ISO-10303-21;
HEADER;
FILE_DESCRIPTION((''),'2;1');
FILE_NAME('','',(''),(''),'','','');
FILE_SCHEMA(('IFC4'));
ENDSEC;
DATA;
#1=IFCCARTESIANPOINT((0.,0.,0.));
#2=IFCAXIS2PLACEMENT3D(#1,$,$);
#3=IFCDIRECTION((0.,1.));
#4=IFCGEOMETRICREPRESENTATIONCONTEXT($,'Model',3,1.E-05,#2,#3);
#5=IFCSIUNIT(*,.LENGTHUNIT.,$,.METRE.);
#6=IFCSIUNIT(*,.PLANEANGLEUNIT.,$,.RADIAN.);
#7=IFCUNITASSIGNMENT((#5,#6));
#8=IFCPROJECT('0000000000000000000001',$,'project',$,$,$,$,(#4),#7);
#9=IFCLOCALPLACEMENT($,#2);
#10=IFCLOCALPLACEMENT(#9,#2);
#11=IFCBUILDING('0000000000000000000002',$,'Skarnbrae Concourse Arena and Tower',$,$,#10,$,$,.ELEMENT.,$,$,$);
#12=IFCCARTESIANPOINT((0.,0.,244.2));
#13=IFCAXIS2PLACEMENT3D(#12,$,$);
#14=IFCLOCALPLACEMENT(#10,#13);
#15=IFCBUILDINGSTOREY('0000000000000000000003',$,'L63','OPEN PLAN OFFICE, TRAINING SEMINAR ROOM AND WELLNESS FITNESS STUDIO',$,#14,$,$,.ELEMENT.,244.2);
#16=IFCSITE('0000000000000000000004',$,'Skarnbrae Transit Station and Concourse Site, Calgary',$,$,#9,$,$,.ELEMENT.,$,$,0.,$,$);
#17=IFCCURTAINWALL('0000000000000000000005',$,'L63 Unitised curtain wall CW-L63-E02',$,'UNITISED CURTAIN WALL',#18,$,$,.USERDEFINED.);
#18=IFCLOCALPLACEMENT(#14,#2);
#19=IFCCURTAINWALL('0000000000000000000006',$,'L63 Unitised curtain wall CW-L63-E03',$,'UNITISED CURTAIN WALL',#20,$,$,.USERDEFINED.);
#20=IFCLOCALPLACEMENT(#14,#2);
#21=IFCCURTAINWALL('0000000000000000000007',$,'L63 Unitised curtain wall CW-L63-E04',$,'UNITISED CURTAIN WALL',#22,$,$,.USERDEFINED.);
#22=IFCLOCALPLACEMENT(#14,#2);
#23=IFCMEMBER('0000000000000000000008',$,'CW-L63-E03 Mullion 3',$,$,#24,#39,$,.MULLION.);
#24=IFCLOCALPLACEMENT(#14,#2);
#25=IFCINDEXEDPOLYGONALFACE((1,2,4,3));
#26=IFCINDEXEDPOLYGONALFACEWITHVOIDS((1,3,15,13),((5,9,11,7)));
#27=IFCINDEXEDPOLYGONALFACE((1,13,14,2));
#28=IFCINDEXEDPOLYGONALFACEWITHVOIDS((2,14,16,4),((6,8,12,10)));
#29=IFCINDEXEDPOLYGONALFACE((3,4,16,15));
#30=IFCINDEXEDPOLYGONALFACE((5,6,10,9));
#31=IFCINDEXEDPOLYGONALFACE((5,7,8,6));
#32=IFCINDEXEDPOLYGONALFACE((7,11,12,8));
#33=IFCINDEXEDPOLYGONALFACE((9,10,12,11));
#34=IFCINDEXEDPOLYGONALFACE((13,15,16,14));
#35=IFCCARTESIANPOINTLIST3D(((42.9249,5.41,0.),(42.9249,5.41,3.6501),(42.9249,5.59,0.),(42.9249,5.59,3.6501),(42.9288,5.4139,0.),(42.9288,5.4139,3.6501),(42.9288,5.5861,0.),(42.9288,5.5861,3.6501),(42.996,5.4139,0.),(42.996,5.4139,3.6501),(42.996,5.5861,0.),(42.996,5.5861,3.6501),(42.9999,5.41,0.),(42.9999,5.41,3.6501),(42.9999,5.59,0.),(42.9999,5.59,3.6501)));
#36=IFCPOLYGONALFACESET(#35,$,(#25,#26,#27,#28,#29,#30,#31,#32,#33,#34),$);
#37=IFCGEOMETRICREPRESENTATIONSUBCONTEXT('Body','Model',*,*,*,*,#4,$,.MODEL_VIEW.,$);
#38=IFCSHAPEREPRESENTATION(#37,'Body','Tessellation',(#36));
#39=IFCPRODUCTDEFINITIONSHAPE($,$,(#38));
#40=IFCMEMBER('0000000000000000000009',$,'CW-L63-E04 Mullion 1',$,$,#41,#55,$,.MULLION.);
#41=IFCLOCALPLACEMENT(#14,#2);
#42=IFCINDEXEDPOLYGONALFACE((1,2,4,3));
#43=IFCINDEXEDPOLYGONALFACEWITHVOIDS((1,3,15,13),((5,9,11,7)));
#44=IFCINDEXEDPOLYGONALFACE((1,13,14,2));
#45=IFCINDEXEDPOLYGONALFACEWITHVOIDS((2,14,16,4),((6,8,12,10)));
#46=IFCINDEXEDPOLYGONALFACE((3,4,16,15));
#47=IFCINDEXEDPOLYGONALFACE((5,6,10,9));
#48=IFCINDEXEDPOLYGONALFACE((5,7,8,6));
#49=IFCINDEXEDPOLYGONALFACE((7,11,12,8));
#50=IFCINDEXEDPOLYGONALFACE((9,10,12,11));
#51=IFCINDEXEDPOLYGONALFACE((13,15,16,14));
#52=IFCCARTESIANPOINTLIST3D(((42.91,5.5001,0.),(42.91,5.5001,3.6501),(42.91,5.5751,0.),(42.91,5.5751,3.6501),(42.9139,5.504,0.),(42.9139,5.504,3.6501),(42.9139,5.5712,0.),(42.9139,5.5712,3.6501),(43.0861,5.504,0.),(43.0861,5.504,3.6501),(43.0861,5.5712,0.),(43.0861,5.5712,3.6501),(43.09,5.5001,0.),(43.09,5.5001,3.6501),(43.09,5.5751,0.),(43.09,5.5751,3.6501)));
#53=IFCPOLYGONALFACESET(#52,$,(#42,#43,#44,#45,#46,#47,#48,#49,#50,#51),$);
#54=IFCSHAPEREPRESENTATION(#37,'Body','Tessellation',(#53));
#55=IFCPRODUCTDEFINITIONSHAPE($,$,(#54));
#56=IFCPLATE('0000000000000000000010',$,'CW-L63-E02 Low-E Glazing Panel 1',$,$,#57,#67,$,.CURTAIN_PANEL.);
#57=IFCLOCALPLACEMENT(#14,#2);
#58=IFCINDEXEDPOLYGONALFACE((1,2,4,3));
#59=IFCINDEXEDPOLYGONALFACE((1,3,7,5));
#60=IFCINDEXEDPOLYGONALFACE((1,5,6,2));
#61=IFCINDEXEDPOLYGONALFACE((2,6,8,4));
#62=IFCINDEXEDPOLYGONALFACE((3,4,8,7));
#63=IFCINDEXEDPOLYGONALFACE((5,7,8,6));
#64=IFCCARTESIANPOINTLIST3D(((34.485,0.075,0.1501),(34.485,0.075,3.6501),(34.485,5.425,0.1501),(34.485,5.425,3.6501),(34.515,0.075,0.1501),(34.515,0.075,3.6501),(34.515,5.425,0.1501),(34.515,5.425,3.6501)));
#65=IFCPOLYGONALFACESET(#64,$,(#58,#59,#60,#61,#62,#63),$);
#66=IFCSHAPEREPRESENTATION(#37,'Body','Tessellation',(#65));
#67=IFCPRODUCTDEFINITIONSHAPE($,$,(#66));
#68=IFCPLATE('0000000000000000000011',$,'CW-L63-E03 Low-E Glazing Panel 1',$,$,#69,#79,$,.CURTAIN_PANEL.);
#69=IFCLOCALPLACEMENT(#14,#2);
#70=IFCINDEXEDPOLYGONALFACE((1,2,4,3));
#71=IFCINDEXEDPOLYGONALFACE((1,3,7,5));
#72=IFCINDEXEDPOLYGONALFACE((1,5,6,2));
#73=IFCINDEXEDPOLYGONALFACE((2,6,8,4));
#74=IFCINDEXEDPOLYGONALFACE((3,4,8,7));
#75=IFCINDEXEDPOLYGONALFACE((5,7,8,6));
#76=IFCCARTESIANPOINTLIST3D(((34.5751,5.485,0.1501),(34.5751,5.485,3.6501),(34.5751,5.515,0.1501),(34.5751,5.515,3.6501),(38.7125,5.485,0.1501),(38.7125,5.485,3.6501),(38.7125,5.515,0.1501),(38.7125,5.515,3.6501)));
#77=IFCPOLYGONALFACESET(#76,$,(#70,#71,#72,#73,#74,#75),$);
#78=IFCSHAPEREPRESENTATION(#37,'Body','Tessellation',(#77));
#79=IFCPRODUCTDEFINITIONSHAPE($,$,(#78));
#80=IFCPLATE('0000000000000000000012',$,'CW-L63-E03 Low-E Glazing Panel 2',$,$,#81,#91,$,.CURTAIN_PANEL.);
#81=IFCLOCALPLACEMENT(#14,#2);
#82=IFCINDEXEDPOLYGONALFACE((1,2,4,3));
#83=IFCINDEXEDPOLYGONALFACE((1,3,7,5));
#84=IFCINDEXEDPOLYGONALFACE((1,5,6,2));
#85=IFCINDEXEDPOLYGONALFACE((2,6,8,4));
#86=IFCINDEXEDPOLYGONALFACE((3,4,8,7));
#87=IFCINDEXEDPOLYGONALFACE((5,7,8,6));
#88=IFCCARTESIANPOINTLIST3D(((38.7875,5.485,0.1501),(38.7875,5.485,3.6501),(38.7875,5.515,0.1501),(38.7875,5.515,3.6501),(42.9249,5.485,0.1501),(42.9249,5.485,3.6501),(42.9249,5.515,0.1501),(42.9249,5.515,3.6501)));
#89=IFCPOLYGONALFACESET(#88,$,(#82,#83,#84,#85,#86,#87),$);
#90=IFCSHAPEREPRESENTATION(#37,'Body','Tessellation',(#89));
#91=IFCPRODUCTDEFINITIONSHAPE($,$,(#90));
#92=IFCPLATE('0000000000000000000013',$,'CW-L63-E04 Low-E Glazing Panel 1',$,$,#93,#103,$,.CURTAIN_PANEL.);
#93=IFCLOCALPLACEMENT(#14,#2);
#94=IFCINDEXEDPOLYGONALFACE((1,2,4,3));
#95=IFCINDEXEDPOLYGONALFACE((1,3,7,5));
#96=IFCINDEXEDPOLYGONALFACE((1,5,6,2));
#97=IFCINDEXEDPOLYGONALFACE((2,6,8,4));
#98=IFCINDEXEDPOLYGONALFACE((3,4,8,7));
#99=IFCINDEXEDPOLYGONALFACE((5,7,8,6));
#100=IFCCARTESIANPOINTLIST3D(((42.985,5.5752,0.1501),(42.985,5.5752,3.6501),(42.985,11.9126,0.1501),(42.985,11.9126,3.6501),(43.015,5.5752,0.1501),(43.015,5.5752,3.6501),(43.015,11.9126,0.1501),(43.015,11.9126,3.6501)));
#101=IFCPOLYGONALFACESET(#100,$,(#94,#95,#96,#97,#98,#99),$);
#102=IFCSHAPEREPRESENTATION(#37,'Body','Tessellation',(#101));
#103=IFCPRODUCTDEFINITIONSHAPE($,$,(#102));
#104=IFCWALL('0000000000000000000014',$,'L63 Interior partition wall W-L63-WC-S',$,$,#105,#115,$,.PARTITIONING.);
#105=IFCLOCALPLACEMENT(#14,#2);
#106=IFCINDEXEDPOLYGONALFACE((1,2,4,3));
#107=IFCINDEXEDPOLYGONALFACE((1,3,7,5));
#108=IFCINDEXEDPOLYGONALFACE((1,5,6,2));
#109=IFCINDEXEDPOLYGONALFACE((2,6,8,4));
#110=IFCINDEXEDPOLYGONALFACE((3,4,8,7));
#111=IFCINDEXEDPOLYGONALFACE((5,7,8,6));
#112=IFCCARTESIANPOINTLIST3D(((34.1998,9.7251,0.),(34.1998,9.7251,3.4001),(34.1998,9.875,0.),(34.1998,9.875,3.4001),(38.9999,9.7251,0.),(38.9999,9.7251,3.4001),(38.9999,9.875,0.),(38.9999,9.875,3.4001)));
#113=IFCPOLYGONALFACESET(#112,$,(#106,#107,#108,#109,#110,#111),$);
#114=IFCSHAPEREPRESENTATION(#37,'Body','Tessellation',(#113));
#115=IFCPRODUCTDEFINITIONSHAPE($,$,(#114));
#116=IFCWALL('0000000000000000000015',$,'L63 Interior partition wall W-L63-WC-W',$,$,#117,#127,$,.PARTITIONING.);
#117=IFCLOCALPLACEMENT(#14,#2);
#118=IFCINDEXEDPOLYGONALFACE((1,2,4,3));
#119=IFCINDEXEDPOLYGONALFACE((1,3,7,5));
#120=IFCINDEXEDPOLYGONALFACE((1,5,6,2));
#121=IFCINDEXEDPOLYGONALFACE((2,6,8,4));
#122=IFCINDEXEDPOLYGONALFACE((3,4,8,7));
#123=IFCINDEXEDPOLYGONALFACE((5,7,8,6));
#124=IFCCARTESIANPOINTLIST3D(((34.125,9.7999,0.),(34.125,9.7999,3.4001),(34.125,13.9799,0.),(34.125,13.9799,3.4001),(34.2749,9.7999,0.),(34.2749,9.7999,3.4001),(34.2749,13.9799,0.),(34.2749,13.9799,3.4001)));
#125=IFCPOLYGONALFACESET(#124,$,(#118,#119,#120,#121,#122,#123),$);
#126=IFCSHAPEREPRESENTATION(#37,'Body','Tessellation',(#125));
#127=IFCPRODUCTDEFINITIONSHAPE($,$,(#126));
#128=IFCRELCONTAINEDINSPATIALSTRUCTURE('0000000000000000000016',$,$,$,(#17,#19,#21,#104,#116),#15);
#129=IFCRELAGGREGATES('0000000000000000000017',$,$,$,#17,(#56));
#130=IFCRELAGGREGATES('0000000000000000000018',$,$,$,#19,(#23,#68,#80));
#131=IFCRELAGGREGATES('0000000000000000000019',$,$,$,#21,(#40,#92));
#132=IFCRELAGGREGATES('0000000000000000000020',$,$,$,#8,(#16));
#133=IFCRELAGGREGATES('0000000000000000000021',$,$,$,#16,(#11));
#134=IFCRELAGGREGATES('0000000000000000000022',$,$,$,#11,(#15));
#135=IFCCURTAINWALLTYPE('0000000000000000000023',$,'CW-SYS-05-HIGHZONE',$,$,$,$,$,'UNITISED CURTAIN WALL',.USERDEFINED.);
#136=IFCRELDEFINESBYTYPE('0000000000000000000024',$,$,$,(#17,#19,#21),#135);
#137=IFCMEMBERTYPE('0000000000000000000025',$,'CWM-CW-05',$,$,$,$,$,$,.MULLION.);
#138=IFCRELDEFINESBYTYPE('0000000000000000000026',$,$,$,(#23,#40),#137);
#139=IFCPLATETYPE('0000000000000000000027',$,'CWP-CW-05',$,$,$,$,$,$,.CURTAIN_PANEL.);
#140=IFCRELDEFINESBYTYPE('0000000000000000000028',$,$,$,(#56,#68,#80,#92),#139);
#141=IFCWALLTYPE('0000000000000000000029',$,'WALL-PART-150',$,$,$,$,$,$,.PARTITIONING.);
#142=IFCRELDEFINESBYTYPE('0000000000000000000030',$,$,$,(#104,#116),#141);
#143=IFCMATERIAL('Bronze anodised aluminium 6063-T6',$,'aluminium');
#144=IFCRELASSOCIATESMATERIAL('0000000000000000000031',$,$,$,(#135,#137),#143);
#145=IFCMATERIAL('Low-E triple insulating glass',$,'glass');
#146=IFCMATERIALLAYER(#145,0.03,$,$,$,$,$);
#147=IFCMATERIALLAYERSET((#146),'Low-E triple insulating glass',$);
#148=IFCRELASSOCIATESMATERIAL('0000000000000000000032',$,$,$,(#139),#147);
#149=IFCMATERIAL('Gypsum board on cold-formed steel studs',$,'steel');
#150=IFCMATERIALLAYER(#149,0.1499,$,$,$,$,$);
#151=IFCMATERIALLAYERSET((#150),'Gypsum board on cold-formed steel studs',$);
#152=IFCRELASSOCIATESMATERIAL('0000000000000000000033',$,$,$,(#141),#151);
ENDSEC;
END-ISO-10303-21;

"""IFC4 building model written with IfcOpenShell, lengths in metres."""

from ifc_helpers import new_model, si_unit, direction, frame, frame_2d, origin, origin_2d, place, context, subcontext, project, spatial, rectangle, hollow_rectangle, extrude, source, transform, mapped, material, layer, layer_set, material_profile, profile_set, type_object, element, aggregate, save


model = new_model("IFC4")

# Units and contexts
model_context = context("Model", 3, precision=1e-05, world=origin(), true_north=direction((0.0, 1.0)))
body_context = subcontext(model_context, "Body", "Model", "MODEL_VIEW")
ifc_project = project(units=[si_unit("LENGTHUNIT", "METRE"), si_unit("PLANEANGLEUNIT", "RADIAN")], contexts=[model_context])

# Site, building, storey
site_placement = place(None, origin())
site = spatial("IfcSite", under=ifc_project, at=site_placement, Name="Skarnbrae Transit Station and Concourse Site, Calgary", CompositionType="ELEMENT", RefElevation=0.0)
building_placement = place(site_placement, origin())
building = spatial("IfcBuilding", under=site, at=building_placement, Name="Skarnbrae Concourse Arena and Tower", CompositionType="ELEMENT")
storey_placement = place(building_placement, frame((0.0, 0.0, 244.2)))
storey = spatial("IfcBuildingStorey", under=building, at=storey_placement, Name="L63", Description="OPEN PLAN OFFICE, TRAINING SEMINAR ROOM AND WELLNESS FITNESS STUDIO", CompositionType="ELEMENT", Elevation=244.2)

# Curtain wall
ifc_material_1 = material(Name="Bronze anodised aluminium 6063-T6", Category="aluminium")
curtain_wall_type = type_object("IfcCurtainWallType", Name="CW-SYS-05-HIGHZONE", ElementType="UNITISED CURTAIN WALL", PredefinedType="USERDEFINED", material=ifc_material_1)
curtain_wall_1_placement = place(storey_placement, origin())
curtain_wall_1 = element("IfcCurtainWall", 1, at=curtain_wall_1_placement, inside=storey, type_object=curtain_wall_type, Name="L63 Unitised curtain wall CW-L63-E02", ObjectType="UNITISED CURTAIN WALL", PredefinedType="USERDEFINED")

# Curtain wall
curtain_wall_2_placement = place(storey_placement, origin())
curtain_wall_2 = element("IfcCurtainWall", 2, at=curtain_wall_2_placement, inside=storey, type_object=curtain_wall_type, Name="L63 Unitised curtain wall CW-L63-E03", ObjectType="UNITISED CURTAIN WALL", PredefinedType="USERDEFINED")

# Curtain wall
curtain_wall_3_placement = place(storey_placement, origin())
curtain_wall_3 = element("IfcCurtainWall", 3, at=curtain_wall_3_placement, inside=storey, type_object=curtain_wall_type, Name="L63 Unitised curtain wall CW-L63-E04", ObjectType="UNITISED CURTAIN WALL", PredefinedType="USERDEFINED")

# Members
ifc_material_profile_1 = material_profile(ifc_material_1, hollow_rectangle(XDim=0.075, YDim=0.1799, WallThickness=0.0039, at=origin_2d()), Name="ALU-MULL-75X180")
ifc_profile_set_1 = profile_set([ifc_material_profile_1], Name="Bronze anodised aluminium 6063-T6")
member_type_1 = type_object("IfcMemberType", Name="CWM-CW-05", PredefinedType="MULLION", material=ifc_profile_set_1)
shared_shape_1 = source(origin(), body_context, "Body", "SweptSolid", [
    extrude(hollow_rectangle(XDim=0.075, YDim=0.1799, WallThickness=0.0039, at=origin_2d()), origin(), (0.0, 0.0, 1.0), 3.6501),
])
member_1_placement = place(storey_placement, frame((42.9624, 5.5, 0.0), z_axis=(0.0, 0.0, 1.0), x_axis=(1.0, 0.0, 0.0)))
member_1 = element("IfcMember", 4, at=member_1_placement, type_object=member_type_1, Name="CW-L63-E03 Mullion 3", PredefinedType="MULLION", context=body_context, shape_type="MappedRepresentation", body=[
    mapped(shared_shape_1, transform((0.0, 0.0, 0.0))),
])
member_2_placement = place(storey_placement, frame((43.0, 5.5376, 0.0), z_axis=(0.0, 0.0, 1.0), x_axis=(0.0, 1.0, 0.0)))
member_2 = element("IfcMember", 5, at=member_2_placement, type_object=member_type_1, Name="CW-L63-E04 Mullion 1", PredefinedType="MULLION", context=body_context, shape_type="MappedRepresentation", body=[
    mapped(shared_shape_1, transform((0.0, 0.0, 0.0))),
])

# Plates
ifc_material_2 = material(Name="Low-E triple insulating glass", Category="glass")
ifc_layer_1 = layer(ifc_material_2, 0.03)
ifc_layer_set_1 = layer_set([ifc_layer_1], Name="Low-E triple insulating glass")
plate_type = type_object("IfcPlateType", Name="CWP-CW-05", PredefinedType="CURTAIN_PANEL", material=ifc_layer_set_1)
shared_shape_2 = source(origin(), body_context, "Body", "SweptSolid", [
    extrude(rectangle(XDim=5.3501, YDim=0.03, at=origin_2d()), origin(), (0.0, 0.0, 1.0), 3.5),
])
plate_1_placement = place(storey_placement, frame((34.5, 2.75, 0.1501), z_axis=(0.0, 0.0, 1.0), x_axis=(0.0, 1.0, 0.0)))
plate_1 = element("IfcPlate", 6, at=plate_1_placement, type_object=plate_type, Name="CW-L63-E02 Low-E Glazing Panel 1", PredefinedType="CURTAIN_PANEL", context=body_context, shape_type="MappedRepresentation", body=[
    mapped(shared_shape_2, transform((0.0, 0.0, 0.0))),
])
aggregate(curtain_wall_1, [plate_1])
shared_shape_3 = source(origin(), body_context, "Body", "SweptSolid", [
    extrude(rectangle(XDim=4.1375, YDim=0.03, at=origin_2d()), origin(), (0.0, 0.0, 1.0), 3.5),
])
plate_2_placement = place(storey_placement, frame((36.6438, 5.5, 0.1501), z_axis=(0.0, 0.0, 1.0), x_axis=(1.0, 0.0, 0.0)))
plate_2 = element("IfcPlate", 7, at=plate_2_placement, type_object=plate_type, Name="CW-L63-E03 Low-E Glazing Panel 1", PredefinedType="CURTAIN_PANEL", context=body_context, shape_type="MappedRepresentation", body=[
    mapped(shared_shape_3, transform((0.0, 0.0, 0.0))),
])
plate_3_placement = place(storey_placement, frame((40.8562, 5.5, 0.1501), z_axis=(0.0, 0.0, 1.0), x_axis=(1.0, 0.0, 0.0)))
plate_3 = element("IfcPlate", 8, at=plate_3_placement, type_object=plate_type, Name="CW-L63-E03 Low-E Glazing Panel 2", PredefinedType="CURTAIN_PANEL", context=body_context, shape_type="MappedRepresentation", body=[
    mapped(shared_shape_3, transform((0.0, 0.0, 0.0))),
])
aggregate(curtain_wall_2, [member_1, plate_2, plate_3])
shared_shape_4 = source(origin(), body_context, "Body", "SweptSolid", [
    extrude(rectangle(XDim=6.3374, YDim=0.03, at=origin_2d()), origin(), (0.0, 0.0, 1.0), 3.5),
])
plate_4_placement = place(storey_placement, frame((43.0, 8.7439, 0.1501), z_axis=(0.0, 0.0, 1.0), x_axis=(0.0, 1.0, 0.0)))
plate_4 = element("IfcPlate", 9, at=plate_4_placement, type_object=plate_type, Name="CW-L63-E04 Low-E Glazing Panel 1", PredefinedType="CURTAIN_PANEL", context=body_context, shape_type="MappedRepresentation", body=[
    mapped(shared_shape_4, transform((0.0, 0.0, 0.0))),
])
aggregate(curtain_wall_3, [member_2, plate_4])

# Walls
ifc_material_3 = material(Name="Gypsum board on cold-formed steel studs", Category="steel")
ifc_layer_2 = layer(ifc_material_3, 0.1499)
ifc_layer_set_2 = layer_set([ifc_layer_2], Name="Gypsum board on cold-formed steel studs")
wall_type = type_object("IfcWallType", Name="WALL-PART-150", PredefinedType="PARTITIONING", material=ifc_layer_set_2)
shared_shape_5 = source(origin(), body_context, "Body", "SweptSolid", [
    extrude(rectangle(XDim=4.8, YDim=0.1499, at=frame_2d((2.3999, 0.0))), origin(), (0.0, 0.0, 1.0), 3.4001),
])
wall_1_placement = place(storey_placement, frame((34.2, 9.8, 0.0), z_axis=(0.0, 0.0, 1.0), x_axis=(1.0, 0.0, 0.0)))
element("IfcWall", 10, at=wall_1_placement, inside=storey, type_object=wall_type, Name="L63 Interior partition wall W-L63-WC-S", PredefinedType="PARTITIONING", context=body_context, shape_type="MappedRepresentation", body=[
    mapped(shared_shape_5, transform((0.0, 0.0, 0.0))),
])
shared_shape_6 = source(origin(), body_context, "Body", "SweptSolid", [
    extrude(rectangle(XDim=4.1799, YDim=0.1499, at=frame_2d((2.0898, 0.0))), origin(), (0.0, 0.0, 1.0), 3.4001),
])
wall_2_placement = place(storey_placement, frame((34.2, 9.8, 0.0), z_axis=(0.0, 0.0, 1.0), x_axis=(0.0, 1.0, 0.0)))
element("IfcWall", 11, at=wall_2_placement, inside=storey, type_object=wall_type, Name="L63 Interior partition wall W-L63-WC-W", PredefinedType="PARTITIONING", context=body_context, shape_type="MappedRepresentation", body=[
    mapped(shared_shape_6, transform((0.0, 0.0, 0.0))),
])

save(model, "model.ifc")
